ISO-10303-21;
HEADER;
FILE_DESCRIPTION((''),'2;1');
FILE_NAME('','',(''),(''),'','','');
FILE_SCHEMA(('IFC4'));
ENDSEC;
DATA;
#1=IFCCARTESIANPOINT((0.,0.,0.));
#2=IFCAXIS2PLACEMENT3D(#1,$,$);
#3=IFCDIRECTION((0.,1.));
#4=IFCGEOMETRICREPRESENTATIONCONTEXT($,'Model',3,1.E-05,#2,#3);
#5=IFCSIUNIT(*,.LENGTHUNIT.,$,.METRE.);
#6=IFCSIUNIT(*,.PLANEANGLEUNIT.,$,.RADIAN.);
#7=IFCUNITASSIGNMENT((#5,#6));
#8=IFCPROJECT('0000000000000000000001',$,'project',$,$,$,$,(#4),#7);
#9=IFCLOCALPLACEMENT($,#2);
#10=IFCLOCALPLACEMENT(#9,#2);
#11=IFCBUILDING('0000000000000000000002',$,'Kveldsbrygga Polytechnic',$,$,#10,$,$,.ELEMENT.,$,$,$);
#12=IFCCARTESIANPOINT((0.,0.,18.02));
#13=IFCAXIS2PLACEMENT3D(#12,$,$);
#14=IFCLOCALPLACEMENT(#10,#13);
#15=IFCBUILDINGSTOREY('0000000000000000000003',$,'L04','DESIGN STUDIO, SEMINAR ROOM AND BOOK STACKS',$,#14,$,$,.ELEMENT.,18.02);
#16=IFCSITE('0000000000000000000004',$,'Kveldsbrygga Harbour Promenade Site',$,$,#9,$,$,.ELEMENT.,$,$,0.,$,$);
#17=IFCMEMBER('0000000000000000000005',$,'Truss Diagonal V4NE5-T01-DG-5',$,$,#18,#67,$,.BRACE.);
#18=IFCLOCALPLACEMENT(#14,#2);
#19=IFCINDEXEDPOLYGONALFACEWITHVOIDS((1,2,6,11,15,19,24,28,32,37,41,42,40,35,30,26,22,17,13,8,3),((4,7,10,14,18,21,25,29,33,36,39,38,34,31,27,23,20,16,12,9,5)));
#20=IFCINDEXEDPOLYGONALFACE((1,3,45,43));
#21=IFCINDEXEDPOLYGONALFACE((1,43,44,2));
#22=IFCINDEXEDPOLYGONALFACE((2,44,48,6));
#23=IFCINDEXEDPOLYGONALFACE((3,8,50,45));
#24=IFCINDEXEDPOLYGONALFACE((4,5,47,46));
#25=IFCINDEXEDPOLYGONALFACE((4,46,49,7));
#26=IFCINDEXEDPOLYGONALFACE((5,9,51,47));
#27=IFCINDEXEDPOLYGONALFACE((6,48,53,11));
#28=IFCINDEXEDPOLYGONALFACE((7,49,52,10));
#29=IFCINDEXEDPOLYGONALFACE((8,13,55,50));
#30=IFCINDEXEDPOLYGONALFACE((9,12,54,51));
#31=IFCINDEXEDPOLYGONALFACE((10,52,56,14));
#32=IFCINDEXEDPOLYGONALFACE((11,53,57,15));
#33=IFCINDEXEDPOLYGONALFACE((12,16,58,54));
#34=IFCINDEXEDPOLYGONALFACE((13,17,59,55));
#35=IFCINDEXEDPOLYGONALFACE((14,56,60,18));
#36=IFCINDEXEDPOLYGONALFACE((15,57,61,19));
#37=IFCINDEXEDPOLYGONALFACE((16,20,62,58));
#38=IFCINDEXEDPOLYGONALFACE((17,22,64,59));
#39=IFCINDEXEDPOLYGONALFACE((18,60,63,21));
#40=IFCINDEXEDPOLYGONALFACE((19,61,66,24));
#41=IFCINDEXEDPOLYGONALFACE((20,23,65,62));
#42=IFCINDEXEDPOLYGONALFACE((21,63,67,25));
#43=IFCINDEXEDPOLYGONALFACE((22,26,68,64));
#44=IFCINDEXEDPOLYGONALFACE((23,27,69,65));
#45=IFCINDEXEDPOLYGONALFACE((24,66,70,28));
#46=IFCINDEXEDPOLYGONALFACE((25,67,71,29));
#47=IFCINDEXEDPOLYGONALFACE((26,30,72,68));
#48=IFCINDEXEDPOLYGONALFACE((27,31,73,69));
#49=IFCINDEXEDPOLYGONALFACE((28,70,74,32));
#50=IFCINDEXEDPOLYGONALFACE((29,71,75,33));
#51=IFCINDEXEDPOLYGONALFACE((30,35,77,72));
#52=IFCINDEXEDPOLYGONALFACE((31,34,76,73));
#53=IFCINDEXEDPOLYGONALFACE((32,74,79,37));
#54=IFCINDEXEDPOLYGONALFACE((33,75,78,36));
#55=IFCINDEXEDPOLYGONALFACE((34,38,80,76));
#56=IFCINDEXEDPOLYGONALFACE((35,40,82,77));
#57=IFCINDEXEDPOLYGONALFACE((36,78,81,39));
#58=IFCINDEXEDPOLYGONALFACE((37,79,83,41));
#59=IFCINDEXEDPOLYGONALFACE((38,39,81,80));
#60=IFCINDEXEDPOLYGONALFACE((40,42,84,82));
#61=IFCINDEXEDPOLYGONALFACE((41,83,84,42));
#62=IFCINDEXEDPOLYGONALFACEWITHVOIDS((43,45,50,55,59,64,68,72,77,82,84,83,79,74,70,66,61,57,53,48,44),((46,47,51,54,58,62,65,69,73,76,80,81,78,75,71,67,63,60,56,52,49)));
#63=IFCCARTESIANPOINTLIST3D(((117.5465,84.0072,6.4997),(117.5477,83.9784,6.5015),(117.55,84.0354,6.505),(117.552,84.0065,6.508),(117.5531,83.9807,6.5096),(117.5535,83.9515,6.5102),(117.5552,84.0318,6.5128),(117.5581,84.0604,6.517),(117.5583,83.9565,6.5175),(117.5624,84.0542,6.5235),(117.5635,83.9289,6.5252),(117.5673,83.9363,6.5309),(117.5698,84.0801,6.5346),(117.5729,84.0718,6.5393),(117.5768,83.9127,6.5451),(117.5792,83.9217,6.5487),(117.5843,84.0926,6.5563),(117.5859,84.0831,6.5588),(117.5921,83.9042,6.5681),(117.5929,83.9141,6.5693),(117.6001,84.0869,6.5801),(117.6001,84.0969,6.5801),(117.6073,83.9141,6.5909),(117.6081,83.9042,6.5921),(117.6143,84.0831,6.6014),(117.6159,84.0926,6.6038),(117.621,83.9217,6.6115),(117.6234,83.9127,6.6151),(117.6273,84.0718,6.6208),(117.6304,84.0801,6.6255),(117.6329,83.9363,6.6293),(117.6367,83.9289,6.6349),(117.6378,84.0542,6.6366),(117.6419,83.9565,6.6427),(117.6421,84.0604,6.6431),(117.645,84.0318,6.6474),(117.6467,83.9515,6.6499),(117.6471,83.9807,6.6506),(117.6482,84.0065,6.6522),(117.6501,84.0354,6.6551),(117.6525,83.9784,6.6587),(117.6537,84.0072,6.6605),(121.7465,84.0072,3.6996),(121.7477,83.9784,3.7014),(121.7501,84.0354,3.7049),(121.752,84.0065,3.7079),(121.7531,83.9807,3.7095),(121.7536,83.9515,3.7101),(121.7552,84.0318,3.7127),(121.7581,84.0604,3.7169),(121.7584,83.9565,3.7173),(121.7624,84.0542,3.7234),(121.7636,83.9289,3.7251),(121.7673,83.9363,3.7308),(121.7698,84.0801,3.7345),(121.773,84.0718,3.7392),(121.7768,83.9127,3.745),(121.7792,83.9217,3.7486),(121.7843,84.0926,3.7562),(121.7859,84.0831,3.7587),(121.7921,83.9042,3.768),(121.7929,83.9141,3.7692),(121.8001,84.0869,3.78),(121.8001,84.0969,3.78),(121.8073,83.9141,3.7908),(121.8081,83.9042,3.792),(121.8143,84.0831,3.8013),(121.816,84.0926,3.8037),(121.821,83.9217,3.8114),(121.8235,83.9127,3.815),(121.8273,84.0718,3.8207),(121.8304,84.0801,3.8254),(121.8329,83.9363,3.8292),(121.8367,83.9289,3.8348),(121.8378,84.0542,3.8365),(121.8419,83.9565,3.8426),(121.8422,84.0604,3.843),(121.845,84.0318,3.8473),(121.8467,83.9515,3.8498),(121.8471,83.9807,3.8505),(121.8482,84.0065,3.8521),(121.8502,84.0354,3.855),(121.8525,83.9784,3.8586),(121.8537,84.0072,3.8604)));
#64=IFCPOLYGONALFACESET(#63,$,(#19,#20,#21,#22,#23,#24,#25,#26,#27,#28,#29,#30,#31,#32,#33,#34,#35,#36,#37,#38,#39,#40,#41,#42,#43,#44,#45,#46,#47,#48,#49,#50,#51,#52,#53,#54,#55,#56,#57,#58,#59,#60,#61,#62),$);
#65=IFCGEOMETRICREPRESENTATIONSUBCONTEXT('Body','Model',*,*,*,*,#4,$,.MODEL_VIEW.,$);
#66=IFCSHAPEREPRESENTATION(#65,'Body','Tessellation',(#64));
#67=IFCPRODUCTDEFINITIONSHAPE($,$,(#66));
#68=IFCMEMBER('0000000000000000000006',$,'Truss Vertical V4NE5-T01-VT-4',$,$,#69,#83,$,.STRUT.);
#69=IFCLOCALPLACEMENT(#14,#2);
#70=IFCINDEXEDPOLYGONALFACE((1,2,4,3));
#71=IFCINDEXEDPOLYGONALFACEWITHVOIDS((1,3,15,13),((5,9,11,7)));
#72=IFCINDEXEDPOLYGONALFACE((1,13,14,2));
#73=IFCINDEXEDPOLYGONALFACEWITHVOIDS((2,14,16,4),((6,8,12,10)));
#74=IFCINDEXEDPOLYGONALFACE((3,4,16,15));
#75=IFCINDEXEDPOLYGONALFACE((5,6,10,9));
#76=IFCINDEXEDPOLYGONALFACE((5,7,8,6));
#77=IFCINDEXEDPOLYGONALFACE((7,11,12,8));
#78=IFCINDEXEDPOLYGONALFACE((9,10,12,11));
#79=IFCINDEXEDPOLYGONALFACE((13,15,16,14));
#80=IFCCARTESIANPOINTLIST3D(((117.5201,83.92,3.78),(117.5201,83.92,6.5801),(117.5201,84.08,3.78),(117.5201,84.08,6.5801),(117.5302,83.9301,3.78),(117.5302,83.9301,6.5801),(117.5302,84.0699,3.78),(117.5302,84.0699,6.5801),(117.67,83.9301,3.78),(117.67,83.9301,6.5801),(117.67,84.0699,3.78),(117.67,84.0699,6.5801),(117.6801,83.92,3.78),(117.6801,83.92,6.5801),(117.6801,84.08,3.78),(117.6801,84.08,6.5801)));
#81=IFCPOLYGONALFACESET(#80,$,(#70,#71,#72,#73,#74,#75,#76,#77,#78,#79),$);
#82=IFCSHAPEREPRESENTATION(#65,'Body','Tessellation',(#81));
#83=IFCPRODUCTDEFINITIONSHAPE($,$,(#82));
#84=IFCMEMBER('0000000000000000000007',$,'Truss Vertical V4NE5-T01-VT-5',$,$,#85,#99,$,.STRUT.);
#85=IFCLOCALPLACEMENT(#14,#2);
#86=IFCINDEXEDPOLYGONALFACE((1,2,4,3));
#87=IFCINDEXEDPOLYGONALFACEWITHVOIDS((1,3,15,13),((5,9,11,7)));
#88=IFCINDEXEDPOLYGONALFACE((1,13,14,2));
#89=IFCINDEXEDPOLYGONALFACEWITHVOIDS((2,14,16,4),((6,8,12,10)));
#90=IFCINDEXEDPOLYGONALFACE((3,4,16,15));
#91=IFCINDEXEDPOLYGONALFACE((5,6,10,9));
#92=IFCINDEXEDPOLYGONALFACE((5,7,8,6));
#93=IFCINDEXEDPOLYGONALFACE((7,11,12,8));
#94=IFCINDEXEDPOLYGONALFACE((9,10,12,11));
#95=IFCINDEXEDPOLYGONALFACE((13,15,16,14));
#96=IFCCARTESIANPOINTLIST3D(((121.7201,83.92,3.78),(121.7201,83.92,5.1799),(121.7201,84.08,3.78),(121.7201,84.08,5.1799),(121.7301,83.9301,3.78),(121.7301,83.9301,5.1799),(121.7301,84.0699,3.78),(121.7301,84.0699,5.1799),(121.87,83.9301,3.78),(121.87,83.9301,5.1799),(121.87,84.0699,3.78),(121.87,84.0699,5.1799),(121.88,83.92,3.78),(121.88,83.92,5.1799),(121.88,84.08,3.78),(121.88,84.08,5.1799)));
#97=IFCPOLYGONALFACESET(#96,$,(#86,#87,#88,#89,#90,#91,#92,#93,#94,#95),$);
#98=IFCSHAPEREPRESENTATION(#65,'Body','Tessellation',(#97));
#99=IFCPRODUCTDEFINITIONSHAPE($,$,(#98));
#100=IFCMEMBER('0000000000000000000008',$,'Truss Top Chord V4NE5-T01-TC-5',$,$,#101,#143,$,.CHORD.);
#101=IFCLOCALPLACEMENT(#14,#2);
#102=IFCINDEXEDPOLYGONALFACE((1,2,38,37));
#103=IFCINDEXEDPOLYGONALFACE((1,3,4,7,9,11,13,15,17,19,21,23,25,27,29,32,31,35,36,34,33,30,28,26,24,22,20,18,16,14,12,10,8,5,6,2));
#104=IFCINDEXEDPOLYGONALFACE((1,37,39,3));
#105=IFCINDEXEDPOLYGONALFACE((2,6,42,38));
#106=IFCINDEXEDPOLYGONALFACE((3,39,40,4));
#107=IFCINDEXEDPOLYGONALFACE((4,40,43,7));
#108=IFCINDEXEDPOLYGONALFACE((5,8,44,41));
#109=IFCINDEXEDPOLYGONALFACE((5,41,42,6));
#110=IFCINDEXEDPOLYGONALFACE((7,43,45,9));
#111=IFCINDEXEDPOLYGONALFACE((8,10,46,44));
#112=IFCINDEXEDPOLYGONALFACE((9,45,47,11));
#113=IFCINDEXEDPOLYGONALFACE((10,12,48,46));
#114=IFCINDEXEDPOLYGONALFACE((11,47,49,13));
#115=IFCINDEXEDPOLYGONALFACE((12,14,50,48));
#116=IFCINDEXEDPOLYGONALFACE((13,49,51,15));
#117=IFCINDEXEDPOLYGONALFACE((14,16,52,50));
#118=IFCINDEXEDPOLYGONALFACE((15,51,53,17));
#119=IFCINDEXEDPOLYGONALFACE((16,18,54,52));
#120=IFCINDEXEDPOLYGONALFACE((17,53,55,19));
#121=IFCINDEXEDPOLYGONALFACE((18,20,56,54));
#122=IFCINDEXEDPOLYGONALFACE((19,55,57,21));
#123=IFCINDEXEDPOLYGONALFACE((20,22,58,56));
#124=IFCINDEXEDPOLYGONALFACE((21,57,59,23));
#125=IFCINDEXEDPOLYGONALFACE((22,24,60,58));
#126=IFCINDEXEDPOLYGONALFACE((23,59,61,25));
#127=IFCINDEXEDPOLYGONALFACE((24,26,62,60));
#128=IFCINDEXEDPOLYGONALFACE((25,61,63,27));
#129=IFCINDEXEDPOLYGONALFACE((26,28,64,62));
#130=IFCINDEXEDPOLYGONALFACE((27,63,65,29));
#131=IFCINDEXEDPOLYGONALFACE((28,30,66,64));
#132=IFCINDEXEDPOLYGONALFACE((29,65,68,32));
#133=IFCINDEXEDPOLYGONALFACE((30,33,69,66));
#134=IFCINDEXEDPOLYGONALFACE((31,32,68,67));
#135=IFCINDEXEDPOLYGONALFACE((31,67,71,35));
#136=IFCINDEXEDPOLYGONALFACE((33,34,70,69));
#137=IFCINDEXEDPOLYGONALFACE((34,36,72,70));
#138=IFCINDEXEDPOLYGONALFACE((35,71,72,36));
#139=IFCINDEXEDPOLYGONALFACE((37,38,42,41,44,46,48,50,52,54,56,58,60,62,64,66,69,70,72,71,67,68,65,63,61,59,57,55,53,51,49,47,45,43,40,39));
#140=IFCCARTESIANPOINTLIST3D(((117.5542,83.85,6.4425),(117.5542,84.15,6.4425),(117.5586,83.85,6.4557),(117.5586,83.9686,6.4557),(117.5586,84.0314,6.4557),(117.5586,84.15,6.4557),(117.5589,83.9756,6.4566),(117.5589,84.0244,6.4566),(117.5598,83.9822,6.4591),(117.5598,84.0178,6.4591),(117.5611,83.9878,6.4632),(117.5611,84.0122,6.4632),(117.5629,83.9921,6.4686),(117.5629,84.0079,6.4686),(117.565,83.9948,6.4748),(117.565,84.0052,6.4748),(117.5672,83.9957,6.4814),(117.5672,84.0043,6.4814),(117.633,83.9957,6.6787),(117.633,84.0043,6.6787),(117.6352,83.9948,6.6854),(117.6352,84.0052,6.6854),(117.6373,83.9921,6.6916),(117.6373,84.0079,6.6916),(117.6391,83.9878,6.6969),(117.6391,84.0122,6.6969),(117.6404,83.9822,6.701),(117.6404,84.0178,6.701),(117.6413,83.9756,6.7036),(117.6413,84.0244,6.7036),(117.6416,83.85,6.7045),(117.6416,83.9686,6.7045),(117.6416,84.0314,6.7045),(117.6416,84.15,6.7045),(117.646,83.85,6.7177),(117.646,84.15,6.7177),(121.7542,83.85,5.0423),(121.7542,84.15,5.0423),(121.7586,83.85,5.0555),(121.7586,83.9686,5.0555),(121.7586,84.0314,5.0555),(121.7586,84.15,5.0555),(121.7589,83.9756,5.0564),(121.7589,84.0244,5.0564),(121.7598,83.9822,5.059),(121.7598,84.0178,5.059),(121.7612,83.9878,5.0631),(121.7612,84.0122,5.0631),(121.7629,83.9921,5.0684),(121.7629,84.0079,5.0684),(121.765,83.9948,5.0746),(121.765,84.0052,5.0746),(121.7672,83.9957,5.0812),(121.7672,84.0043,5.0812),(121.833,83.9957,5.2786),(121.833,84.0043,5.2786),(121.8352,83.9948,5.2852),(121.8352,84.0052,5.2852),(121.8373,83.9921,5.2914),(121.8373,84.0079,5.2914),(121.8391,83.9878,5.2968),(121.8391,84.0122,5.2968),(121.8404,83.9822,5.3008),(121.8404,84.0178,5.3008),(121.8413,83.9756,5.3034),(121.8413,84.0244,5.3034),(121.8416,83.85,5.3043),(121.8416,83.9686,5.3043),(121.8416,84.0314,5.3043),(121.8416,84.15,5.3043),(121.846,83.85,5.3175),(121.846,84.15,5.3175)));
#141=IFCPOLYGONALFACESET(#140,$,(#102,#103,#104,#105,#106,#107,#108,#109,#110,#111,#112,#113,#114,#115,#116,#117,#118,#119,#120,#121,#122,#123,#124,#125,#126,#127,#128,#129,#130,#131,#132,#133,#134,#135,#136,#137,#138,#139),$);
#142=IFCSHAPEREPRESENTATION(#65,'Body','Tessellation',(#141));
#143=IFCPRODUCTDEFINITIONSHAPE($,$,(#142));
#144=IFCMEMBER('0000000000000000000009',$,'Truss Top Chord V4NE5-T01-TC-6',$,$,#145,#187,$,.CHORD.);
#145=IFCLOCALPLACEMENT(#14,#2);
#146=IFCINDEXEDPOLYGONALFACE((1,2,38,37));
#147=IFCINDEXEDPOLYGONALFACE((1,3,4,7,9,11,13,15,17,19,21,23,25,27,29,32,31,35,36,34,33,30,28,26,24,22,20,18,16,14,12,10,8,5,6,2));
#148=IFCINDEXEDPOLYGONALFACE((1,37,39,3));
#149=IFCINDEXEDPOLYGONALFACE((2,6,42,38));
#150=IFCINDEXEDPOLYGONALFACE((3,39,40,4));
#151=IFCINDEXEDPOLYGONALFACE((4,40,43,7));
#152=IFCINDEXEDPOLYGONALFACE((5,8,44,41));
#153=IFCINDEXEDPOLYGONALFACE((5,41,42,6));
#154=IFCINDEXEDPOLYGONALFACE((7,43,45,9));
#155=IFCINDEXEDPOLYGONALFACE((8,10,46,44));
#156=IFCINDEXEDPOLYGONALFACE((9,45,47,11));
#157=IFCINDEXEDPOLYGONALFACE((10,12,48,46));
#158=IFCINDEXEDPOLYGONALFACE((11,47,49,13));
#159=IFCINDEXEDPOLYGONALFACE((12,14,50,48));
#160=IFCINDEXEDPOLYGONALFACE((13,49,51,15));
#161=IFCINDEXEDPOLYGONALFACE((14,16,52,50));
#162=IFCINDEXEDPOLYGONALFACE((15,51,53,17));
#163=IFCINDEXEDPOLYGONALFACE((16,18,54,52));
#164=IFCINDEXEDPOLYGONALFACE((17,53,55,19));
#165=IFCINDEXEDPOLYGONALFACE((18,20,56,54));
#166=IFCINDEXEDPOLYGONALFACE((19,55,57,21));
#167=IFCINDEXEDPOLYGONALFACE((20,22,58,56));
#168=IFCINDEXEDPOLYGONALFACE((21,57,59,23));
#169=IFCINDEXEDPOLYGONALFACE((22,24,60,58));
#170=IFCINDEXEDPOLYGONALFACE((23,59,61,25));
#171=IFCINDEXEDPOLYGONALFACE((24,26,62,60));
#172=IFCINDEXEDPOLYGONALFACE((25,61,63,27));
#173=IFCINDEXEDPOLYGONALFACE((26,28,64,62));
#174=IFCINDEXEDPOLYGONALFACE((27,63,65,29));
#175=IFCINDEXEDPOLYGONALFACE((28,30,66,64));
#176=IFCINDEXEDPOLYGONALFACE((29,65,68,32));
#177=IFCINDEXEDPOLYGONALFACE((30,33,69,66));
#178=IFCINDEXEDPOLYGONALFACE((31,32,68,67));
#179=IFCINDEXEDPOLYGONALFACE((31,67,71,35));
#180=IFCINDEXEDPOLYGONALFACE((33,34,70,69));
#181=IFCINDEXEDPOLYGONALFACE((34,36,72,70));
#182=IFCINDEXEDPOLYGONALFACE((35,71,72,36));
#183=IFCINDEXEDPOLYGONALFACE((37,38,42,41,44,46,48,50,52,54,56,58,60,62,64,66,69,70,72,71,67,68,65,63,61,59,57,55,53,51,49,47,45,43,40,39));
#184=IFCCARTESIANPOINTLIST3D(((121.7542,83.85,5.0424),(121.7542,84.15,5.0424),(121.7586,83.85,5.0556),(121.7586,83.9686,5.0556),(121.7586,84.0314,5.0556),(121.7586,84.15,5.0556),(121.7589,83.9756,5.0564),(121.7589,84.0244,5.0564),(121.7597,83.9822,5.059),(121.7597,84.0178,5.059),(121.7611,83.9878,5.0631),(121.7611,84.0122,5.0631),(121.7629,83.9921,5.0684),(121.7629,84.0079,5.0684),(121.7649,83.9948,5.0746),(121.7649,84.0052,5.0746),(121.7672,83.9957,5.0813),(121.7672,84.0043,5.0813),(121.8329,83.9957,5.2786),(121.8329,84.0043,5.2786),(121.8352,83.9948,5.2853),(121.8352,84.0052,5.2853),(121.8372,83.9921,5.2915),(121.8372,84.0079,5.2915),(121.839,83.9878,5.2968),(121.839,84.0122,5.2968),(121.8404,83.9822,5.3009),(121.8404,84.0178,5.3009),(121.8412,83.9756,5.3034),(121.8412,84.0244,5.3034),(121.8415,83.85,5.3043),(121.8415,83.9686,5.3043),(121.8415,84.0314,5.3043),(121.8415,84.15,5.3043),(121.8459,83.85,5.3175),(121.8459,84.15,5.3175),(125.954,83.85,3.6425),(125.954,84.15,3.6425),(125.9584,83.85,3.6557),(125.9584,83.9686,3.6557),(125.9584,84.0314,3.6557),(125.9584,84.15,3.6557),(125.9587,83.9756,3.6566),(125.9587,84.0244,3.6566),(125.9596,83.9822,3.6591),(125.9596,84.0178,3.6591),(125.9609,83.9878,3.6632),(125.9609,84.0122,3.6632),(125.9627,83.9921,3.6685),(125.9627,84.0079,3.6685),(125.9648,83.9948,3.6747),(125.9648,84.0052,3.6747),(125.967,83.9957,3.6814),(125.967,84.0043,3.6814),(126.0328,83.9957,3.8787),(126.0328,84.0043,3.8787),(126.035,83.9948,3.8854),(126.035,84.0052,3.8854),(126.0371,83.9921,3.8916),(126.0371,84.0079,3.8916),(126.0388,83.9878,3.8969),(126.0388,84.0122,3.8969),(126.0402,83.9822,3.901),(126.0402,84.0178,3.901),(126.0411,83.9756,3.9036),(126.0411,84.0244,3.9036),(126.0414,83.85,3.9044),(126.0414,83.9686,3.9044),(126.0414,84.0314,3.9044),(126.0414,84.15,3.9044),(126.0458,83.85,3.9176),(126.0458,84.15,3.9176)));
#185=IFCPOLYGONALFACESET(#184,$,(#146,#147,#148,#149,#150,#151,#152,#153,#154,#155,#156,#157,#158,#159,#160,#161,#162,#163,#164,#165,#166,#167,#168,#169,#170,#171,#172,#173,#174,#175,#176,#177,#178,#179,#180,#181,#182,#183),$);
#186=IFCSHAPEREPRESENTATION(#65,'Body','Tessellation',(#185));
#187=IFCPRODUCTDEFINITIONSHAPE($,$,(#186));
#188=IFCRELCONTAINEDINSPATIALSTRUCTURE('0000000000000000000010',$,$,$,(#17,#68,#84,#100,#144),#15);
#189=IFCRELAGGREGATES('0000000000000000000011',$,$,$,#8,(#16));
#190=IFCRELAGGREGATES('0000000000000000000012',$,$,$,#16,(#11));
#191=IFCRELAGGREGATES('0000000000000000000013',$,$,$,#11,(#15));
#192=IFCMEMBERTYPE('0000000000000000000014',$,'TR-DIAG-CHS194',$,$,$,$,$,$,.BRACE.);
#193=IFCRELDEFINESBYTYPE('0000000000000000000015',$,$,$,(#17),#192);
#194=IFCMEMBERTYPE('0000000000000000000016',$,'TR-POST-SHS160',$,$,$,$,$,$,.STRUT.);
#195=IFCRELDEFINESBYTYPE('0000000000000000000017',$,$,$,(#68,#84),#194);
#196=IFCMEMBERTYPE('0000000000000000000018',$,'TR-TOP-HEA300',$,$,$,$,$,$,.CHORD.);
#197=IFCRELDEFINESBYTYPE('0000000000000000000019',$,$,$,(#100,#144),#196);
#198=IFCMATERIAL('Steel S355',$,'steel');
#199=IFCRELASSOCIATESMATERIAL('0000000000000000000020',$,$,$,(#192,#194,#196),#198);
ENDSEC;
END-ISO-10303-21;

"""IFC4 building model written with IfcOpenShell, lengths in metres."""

from ifc_helpers import new_model, si_unit, direction, frame, origin, origin_2d, place, context, subcontext, project, spatial, hollow_rectangle, hollow_circle, i_section, extrude, material, material_profile, profile_set, type_object, element, save


model = new_model("IFC4")

# Units and contexts
model_context = context("Model", 3, precision=1e-05, world=origin(), true_north=direction((0.0, 1.0)))
body_context = subcontext(model_context, "Body", "Model", "MODEL_VIEW")
ifc_project = project(units=[si_unit("LENGTHUNIT", "METRE"), si_unit("PLANEANGLEUNIT", "RADIAN")], contexts=[model_context])

# Site, building, storey
site_placement = place(None, origin())
site = spatial("IfcSite", under=ifc_project, at=site_placement, Name="Kveldsbrygga Harbour Promenade Site", CompositionType="ELEMENT", RefElevation=0.0)
building_placement = place(site_placement, origin())
building = spatial("IfcBuilding", under=site, at=building_placement, Name="Kveldsbrygga Polytechnic", CompositionType="ELEMENT")
storey_placement = place(building_placement, frame((0.0, 0.0, 18.02)))
storey = spatial("IfcBuildingStorey", under=building, at=storey_placement, Name="L04", Description="DESIGN STUDIO, SEMINAR ROOM AND BOOK STACKS", CompositionType="ELEMENT", Elevation=18.02)

# Members
ifc_material_1 = material(Name="Steel S355", Category="steel")
ifc_material_profile_1 = material_profile(ifc_material_1, hollow_circle(Radius=0.0969, WallThickness=0.01, at=origin_2d()), Name="CHS 193.7x10.0")
ifc_profile_set_1 = profile_set([ifc_material_profile_1], Name="Steel S355")
member_type_1 = type_object("IfcMemberType", Name="TR-DIAG-CHS194", PredefinedType="BRACE", material=ifc_profile_set_1)
member_1_placement = place(storey_placement, frame((117.6001, 84.0, 6.5801), z_axis=(0.832043, 0.0, -0.554711), x_axis=(0.0, 1.0, 0.0)))
element("IfcMember", 1, at=member_1_placement, inside=storey, type_object=member_type_1, Name="Truss Diagonal V4NE5-T01-DG-5", PredefinedType="BRACE", context=body_context, shape_type="SweptSolid", body=[
    extrude(hollow_circle(Radius=0.0969, WallThickness=0.01, at=origin_2d()), origin(), (0.0, 0.0, 1.0), 5.0479),
])
ifc_material_profile_2 = material_profile(ifc_material_1, hollow_rectangle(XDim=0.1599, YDim=0.1599, WallThickness=0.01, at=origin_2d()), Name="SHS 160x160x10.0")
ifc_profile_set_2 = profile_set([ifc_material_profile_2], Name="Steel S355")
member_type_2 = type_object("IfcMemberType", Name="TR-POST-SHS160", PredefinedType="STRUT", material=ifc_profile_set_2)
member_2_placement = place(storey_placement, frame((117.6001, 84.0, 3.78), z_axis=(0.0, 0.0, 1.0), x_axis=(1.0, 0.0, 0.0)))
element("IfcMember", 2, at=member_2_placement, inside=storey, type_object=member_type_2, Name="Truss Vertical V4NE5-T01-VT-4", PredefinedType="STRUT", context=body_context, shape_type="SweptSolid", body=[
    extrude(hollow_rectangle(XDim=0.1599, YDim=0.1599, WallThickness=0.01, at=origin_2d()), origin(), (0.0, 0.0, 1.0), 2.8),
])
member_3_placement = place(storey_placement, frame((121.8, 84.0, 3.78), z_axis=(0.0, 0.0, 1.0), x_axis=(1.0, 0.0, 0.0)))
element("IfcMember", 3, at=member_3_placement, inside=storey, type_object=member_type_2, Name="Truss Vertical V4NE5-T01-VT-5", PredefinedType="STRUT", context=body_context, shape_type="SweptSolid", body=[
    extrude(hollow_rectangle(XDim=0.1599, YDim=0.1599, WallThickness=0.01, at=origin_2d()), origin(), (0.0, 0.0, 1.0), 1.3999),
])
ifc_material_profile_3 = material_profile(ifc_material_1, i_section(OverallWidth=0.3, OverallDepth=0.29, WebThickness=0.0085, FlangeThickness=0.0139, FilletRadius=0.0271, at=origin_2d()), Name="HEA 300")
ifc_profile_set_3 = profile_set([ifc_material_profile_3], Name="Steel S355")
member_type_3 = type_object("IfcMemberType", Name="TR-TOP-HEA300", PredefinedType="CHORD", material=ifc_profile_set_3)
member_4_placement = place(storey_placement, frame((117.6001, 84.0, 6.5801), z_axis=(0.948672, 0.0, -0.316261), x_axis=(0.0, 1.0, 0.0)))
element("IfcMember", 4, at=member_4_placement, inside=storey, type_object=member_type_3, Name="Truss Top Chord V4NE5-T01-TC-5", PredefinedType="CHORD", context=body_context, shape_type="SweptSolid", body=[
    extrude(i_section(OverallWidth=0.3, OverallDepth=0.29, WebThickness=0.0085, FlangeThickness=0.0139, FilletRadius=0.0271, at=origin_2d()), origin(), (0.0, 0.0, 1.0), 4.4272),
])
member_5_placement = place(storey_placement, frame((121.8, 84.0, 5.1799), z_axis=(0.948689, 0.0, -0.316211), x_axis=(0.0, 1.0, 0.0)))
element("IfcMember", 5, at=member_5_placement, inside=storey, type_object=member_type_3, Name="Truss Top Chord V4NE5-T01-TC-6", PredefinedType="CHORD", context=body_context, shape_type="SweptSolid", body=[
    extrude(i_section(OverallWidth=0.3, OverallDepth=0.29, WebThickness=0.0085, FlangeThickness=0.0139, FilletRadius=0.0271, at=origin_2d()), origin(), (0.0, 0.0, 1.0), 4.427),
])

save(model, "model.ifc")
